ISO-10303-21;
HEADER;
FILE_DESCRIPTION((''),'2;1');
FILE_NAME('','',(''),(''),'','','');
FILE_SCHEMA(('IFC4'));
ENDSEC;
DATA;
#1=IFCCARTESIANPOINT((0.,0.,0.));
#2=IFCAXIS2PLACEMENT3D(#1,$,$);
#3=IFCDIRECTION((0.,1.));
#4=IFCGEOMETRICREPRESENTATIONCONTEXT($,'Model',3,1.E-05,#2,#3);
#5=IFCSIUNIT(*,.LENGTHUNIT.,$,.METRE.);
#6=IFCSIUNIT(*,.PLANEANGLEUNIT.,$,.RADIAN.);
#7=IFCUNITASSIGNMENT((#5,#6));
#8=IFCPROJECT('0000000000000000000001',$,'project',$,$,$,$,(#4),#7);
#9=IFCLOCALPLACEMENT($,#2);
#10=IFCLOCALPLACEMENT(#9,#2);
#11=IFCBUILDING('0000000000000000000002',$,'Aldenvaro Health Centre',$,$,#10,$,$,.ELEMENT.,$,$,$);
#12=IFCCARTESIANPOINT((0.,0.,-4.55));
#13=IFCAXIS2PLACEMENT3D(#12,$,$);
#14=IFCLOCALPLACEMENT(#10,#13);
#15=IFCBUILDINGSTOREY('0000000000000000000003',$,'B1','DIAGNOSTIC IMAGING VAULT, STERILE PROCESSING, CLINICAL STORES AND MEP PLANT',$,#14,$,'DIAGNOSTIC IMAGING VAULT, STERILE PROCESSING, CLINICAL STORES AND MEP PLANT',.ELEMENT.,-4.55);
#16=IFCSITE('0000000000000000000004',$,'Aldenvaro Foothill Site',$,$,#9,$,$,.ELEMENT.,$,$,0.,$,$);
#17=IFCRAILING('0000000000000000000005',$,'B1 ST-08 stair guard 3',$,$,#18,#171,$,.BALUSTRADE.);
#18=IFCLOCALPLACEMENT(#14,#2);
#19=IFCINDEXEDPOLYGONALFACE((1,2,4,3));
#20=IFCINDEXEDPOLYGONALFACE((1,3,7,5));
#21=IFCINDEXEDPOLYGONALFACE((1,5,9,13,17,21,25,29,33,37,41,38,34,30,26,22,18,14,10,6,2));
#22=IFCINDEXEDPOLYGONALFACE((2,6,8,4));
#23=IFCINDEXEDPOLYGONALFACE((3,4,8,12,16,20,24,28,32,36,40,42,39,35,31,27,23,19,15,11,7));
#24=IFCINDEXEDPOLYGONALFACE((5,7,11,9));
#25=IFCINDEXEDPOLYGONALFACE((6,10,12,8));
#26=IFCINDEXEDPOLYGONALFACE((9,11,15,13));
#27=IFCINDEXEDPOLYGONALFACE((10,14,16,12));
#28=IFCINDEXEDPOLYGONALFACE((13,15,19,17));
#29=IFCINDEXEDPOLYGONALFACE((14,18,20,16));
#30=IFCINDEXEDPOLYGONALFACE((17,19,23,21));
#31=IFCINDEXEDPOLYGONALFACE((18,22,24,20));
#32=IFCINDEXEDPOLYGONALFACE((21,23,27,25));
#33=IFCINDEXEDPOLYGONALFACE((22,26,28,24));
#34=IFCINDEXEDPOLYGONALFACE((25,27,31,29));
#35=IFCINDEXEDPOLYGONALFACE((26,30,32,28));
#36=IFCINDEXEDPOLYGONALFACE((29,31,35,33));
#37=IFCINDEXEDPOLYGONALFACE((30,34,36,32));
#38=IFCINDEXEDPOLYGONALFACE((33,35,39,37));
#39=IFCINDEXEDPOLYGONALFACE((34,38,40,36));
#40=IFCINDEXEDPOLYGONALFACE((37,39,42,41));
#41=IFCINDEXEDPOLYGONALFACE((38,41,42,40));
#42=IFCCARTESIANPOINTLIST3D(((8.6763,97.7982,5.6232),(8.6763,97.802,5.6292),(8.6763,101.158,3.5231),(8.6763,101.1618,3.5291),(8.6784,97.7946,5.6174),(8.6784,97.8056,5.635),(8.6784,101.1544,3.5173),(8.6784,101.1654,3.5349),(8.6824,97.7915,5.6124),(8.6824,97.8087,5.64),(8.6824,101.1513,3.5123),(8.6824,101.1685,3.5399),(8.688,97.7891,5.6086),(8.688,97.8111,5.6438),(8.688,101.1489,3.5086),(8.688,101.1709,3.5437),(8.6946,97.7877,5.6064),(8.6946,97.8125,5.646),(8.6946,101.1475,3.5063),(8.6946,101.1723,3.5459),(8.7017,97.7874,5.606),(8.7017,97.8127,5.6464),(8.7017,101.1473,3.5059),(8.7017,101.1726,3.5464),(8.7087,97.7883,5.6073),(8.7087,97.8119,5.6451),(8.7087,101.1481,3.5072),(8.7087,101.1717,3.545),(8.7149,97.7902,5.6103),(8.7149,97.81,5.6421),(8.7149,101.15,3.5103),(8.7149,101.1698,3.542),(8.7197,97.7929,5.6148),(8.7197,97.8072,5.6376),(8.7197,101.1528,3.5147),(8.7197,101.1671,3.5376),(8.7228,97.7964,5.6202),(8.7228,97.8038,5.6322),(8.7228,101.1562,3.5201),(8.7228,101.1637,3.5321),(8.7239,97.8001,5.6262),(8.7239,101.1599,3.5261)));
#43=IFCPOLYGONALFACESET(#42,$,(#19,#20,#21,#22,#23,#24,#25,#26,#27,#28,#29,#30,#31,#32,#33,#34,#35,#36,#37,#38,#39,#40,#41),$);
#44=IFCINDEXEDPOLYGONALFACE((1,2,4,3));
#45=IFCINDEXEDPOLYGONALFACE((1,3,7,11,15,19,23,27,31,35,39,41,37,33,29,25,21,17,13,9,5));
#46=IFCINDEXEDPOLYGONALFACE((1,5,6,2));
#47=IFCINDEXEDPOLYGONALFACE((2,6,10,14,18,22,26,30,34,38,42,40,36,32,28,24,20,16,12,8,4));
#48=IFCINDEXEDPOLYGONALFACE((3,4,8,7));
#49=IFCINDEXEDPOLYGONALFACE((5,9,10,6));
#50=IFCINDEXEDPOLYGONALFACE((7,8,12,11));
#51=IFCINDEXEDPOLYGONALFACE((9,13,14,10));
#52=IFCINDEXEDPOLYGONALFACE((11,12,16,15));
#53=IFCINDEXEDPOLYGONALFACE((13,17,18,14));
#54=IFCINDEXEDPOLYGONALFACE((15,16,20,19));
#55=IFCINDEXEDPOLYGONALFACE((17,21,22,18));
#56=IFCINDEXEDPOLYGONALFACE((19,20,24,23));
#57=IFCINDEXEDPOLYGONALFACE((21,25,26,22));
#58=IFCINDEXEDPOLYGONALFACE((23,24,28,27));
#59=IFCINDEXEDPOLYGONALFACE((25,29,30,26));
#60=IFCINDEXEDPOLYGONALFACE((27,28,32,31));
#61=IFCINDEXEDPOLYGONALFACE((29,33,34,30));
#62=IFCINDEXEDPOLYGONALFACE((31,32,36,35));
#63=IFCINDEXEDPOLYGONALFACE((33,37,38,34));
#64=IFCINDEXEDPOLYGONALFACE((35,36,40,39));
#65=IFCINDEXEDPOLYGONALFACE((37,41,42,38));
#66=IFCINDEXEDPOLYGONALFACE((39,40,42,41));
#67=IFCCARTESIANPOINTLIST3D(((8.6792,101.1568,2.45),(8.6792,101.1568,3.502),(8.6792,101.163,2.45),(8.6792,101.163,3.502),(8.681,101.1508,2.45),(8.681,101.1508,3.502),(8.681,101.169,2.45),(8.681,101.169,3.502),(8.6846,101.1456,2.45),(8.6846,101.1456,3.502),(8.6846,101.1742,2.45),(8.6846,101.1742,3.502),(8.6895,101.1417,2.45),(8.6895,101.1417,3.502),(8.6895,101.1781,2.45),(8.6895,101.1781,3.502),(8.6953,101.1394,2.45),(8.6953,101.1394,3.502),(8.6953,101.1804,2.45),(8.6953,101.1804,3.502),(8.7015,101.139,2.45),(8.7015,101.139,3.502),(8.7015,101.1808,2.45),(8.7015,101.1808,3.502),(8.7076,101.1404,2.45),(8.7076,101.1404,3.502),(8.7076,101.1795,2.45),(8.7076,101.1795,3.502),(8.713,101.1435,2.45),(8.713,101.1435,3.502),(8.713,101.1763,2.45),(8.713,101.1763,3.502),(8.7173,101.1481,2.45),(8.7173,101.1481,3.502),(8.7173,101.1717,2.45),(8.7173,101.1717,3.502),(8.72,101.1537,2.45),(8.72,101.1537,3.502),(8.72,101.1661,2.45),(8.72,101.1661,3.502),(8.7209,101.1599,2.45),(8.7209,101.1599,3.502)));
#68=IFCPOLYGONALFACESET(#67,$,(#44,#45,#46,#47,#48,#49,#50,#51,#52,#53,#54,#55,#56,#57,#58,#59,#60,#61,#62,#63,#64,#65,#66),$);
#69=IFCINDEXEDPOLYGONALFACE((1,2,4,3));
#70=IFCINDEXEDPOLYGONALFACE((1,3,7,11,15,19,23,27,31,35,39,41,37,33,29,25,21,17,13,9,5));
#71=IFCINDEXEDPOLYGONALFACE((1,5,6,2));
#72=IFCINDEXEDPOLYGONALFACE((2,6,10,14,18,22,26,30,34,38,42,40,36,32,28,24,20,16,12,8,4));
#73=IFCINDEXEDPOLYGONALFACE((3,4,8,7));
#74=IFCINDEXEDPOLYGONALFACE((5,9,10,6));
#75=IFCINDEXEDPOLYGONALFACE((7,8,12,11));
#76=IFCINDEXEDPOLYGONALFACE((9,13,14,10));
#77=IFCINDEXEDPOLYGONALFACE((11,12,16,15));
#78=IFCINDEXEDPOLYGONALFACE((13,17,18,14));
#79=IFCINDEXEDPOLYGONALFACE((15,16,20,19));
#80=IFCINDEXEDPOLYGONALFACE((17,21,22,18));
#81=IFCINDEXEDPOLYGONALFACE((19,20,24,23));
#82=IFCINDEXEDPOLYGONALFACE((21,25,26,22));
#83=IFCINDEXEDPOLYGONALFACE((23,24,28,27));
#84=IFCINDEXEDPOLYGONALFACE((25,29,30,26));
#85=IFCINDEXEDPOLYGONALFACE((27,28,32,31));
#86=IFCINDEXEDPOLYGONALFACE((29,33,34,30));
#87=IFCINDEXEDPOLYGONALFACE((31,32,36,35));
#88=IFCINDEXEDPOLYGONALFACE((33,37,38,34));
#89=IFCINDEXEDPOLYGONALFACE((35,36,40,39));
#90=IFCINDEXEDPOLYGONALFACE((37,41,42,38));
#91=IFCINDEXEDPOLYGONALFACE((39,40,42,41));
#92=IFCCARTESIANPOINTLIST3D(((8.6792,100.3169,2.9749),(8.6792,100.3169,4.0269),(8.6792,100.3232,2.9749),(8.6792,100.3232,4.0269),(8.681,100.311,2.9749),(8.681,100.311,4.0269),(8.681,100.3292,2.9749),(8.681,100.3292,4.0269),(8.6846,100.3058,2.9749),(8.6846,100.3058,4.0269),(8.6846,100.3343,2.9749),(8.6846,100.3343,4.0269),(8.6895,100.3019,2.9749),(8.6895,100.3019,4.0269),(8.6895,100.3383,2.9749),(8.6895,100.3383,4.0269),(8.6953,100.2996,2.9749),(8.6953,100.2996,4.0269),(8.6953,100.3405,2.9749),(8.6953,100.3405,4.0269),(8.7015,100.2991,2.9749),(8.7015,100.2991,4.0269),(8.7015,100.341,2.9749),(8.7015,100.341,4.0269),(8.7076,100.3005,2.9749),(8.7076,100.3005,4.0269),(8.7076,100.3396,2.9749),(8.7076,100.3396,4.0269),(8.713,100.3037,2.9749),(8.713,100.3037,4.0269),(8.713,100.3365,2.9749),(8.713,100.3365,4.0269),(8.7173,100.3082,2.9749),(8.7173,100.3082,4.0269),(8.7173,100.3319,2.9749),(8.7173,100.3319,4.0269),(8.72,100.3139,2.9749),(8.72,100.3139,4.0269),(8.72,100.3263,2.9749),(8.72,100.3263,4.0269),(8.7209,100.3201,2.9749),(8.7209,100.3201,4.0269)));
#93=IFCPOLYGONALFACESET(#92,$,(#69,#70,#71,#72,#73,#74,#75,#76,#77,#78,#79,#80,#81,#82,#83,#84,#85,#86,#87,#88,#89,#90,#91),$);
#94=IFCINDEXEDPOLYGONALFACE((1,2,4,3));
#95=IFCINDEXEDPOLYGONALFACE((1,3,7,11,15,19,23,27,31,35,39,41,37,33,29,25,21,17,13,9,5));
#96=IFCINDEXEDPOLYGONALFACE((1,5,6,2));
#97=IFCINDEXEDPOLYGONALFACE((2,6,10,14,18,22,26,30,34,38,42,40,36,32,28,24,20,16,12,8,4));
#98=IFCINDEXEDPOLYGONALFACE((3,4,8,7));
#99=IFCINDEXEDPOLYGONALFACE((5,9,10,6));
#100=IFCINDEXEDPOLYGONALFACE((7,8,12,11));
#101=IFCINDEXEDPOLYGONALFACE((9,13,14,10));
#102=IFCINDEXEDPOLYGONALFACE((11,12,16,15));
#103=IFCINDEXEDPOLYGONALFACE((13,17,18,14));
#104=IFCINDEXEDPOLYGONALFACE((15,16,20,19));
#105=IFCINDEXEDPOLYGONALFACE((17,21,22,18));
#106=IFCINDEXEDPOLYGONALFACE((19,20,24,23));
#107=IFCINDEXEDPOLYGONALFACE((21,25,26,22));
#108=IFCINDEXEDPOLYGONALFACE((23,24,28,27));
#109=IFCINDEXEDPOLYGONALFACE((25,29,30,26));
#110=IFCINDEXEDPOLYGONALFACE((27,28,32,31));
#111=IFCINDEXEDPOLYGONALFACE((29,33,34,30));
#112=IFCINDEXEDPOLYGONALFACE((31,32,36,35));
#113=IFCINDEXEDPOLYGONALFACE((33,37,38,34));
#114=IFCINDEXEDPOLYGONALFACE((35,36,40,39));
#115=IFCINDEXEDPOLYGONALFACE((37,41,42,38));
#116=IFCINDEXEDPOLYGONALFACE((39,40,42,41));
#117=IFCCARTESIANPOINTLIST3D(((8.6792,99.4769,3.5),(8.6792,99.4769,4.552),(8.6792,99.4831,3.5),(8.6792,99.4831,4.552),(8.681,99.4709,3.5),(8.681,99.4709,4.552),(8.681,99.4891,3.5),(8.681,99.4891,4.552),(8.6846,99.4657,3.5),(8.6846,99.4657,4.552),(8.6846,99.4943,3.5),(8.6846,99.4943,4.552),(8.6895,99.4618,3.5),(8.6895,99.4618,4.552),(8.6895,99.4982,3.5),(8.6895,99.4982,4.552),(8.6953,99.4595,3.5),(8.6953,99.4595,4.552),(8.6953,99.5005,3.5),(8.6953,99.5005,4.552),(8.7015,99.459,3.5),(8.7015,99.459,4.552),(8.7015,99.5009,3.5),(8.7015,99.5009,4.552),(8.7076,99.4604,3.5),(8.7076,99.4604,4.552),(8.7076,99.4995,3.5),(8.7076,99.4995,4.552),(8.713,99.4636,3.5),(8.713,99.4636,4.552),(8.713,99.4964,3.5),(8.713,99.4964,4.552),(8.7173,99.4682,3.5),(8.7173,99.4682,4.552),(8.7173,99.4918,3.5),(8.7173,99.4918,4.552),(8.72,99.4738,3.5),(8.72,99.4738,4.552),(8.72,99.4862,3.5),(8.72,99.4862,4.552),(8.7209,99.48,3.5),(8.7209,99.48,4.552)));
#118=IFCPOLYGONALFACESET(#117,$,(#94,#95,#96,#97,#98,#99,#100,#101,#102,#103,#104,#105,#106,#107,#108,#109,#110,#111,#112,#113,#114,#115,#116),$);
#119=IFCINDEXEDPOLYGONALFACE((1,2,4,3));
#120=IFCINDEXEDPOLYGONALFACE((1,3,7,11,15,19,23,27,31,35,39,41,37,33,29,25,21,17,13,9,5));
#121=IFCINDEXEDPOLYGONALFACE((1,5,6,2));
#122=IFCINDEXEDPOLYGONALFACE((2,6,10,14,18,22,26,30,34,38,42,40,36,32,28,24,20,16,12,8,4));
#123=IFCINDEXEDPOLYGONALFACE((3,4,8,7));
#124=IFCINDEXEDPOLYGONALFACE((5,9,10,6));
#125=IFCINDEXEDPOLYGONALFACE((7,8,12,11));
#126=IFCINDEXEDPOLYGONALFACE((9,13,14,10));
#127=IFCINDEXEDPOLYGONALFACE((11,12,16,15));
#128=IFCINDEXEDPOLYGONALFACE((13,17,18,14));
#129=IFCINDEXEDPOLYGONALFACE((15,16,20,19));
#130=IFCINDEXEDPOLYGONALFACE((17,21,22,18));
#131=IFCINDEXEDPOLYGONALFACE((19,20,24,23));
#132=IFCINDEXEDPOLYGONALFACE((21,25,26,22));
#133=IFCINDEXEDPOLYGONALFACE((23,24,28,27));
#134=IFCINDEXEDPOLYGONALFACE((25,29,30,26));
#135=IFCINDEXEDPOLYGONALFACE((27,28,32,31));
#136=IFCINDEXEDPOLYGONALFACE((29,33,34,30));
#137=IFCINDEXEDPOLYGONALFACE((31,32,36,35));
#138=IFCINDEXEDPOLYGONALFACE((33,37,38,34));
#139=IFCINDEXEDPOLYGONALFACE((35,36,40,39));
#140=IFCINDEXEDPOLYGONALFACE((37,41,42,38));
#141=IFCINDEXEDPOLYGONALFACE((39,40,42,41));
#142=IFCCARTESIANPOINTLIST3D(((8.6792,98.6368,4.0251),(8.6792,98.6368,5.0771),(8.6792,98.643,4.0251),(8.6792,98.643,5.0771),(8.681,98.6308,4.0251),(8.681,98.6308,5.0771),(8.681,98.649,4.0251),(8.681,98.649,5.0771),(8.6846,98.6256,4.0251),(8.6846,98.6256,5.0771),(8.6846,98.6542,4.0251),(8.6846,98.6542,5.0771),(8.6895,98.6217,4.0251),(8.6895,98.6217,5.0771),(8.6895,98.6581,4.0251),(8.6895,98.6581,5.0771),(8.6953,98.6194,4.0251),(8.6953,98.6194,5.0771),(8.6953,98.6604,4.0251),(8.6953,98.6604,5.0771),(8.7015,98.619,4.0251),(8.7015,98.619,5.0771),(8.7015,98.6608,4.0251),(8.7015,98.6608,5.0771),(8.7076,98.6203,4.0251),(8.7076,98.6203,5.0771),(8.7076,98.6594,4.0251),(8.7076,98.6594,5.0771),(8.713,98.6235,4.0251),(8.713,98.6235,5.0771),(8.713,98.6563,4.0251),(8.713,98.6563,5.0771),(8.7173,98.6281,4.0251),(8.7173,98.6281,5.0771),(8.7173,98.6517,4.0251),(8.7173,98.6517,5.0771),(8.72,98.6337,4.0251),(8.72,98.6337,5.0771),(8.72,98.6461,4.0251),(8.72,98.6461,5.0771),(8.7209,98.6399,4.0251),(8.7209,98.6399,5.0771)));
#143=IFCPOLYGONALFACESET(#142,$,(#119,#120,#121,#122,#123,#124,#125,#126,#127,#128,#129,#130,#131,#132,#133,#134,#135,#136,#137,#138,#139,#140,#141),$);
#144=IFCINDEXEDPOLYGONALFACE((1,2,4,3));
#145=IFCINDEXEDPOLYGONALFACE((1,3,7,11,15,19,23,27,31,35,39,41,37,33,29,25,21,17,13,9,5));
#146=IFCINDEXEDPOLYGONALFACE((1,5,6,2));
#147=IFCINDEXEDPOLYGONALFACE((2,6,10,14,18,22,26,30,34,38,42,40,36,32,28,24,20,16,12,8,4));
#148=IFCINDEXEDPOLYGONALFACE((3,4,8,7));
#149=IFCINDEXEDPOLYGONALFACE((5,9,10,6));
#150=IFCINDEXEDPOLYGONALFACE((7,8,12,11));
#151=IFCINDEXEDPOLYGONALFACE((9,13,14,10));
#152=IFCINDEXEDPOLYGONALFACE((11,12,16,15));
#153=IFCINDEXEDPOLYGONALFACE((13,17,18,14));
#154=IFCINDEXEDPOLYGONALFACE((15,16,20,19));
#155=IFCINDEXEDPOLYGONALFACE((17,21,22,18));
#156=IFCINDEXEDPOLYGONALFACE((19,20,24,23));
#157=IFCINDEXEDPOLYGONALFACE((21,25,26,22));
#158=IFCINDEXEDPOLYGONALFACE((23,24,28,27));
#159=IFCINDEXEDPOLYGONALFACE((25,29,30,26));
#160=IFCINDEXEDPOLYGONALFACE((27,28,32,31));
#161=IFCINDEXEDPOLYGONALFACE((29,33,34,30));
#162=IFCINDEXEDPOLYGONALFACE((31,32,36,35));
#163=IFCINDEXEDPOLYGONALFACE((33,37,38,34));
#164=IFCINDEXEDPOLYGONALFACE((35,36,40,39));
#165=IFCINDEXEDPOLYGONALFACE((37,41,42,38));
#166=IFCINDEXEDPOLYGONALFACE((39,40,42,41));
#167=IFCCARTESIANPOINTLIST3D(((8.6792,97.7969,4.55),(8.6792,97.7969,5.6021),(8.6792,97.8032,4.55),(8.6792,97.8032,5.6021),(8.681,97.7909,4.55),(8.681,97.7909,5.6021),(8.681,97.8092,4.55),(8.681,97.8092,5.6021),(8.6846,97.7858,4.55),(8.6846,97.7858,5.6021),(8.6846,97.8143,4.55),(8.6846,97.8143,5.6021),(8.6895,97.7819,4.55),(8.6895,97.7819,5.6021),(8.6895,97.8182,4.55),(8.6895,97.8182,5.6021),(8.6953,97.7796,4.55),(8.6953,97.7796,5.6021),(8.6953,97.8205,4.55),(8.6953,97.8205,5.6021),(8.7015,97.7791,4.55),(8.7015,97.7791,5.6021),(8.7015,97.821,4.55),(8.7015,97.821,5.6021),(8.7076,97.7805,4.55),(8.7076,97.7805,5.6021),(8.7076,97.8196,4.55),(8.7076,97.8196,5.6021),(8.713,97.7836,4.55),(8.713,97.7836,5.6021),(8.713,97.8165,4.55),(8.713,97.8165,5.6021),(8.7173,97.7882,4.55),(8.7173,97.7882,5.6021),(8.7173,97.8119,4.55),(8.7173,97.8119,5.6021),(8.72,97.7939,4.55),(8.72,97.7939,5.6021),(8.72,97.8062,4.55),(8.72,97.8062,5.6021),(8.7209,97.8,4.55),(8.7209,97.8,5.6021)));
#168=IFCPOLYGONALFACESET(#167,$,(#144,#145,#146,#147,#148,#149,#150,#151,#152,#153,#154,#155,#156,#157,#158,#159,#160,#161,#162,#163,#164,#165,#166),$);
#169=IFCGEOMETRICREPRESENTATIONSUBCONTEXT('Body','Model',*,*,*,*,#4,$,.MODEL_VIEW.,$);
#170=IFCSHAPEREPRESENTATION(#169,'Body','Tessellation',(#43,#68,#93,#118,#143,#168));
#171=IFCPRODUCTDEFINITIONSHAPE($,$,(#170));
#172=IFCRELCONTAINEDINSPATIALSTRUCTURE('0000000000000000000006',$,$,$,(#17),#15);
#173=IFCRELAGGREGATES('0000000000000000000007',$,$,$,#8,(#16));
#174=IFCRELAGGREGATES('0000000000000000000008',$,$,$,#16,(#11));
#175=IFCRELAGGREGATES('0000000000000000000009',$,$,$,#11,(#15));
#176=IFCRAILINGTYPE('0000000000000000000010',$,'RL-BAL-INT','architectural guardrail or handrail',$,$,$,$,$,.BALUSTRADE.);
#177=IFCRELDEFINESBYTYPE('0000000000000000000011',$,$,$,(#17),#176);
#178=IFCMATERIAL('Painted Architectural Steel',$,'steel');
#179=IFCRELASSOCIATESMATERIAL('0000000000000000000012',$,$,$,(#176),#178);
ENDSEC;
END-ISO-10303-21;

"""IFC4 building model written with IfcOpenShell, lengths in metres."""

from ifc_helpers import new_model, si_unit, direction, frame, origin, origin_2d, place, context, subcontext, project, spatial, circle, extrude, material, type_object, element, save


model = new_model("IFC4")

# Units and contexts
model_context = context("Model", 3, precision=1e-05, world=origin(), true_north=direction((0.0, 1.0)))
body_context = subcontext(model_context, "Body", "Model", "MODEL_VIEW")
ifc_project = project(units=[si_unit("LENGTHUNIT", "METRE"), si_unit("PLANEANGLEUNIT", "RADIAN")], contexts=[model_context])

# Site, building, storey
site_placement = place(None, origin())
site = spatial("IfcSite", under=ifc_project, at=site_placement, Name="Aldenvaro Foothill Site", CompositionType="ELEMENT", RefElevation=0.0)
building_placement = place(site_placement, origin())
building = spatial("IfcBuilding", under=site, at=building_placement, Name="Aldenvaro Health Centre", CompositionType="ELEMENT")
storey_placement = place(building_placement, frame((0.0, 0.0, -4.55)))
storey = spatial("IfcBuildingStorey", under=building, at=storey_placement, Name="B1", Description="DIAGNOSTIC IMAGING VAULT, STERILE PROCESSING, CLINICAL STORES AND MEP PLANT", LongName="DIAGNOSTIC IMAGING VAULT, STERILE PROCESSING, CLINICAL STORES AND MEP PLANT", CompositionType="ELEMENT", Elevation=-4.55)

# Railing
ifc_material_1 = material(Name="Painted Architectural Steel", Category="steel")
railing_type_1 = type_object("IfcRailingType", Name="RL-BAL-INT", Description="architectural guardrail or handrail", PredefinedType="BALUSTRADE", material=ifc_material_1)
railing_1_placement = place(storey_placement, frame((8.7, 101.1599, 2.45)))
element("IfcRailing", 1, at=railing_1_placement, inside=storey, type_object=railing_type_1, Name="B1 ST-08 stair guard 3", PredefinedType="BALUSTRADE", context=body_context, shape_type="SweptSolid", body=[
    extrude(circle(Radius=0.0239, at=origin_2d()), frame((0.0, 0.0, 1.0762), z_axis=(0.0, -0.847978, 0.530032), x_axis=(1.0, 0.0, 0.0)), (0.0, 0.0, 1.0), 3.9622),
    extrude(circle(Radius=0.021, at=origin_2d()), origin(), (0.0, 0.0, 1.0), 1.052),
    extrude(circle(Radius=0.021, at=origin_2d()), frame((0.0, -0.8398, 0.5249)), (0.0, 0.0, 1.0), 1.052),
    extrude(circle(Radius=0.021, at=origin_2d()), frame((0.0, -1.6799, 1.05)), (0.0, 0.0, 1.0), 1.052),
    extrude(circle(Radius=0.021, at=origin_2d()), frame((0.0, -2.52, 1.5752)), (0.0, 0.0, 1.0), 1.052),
    extrude(circle(Radius=0.021, at=origin_2d()), frame((0.0, -3.3599, 2.1001)), (0.0, 0.0, 1.0), 1.052),
])

save(model, "model.ifc")
